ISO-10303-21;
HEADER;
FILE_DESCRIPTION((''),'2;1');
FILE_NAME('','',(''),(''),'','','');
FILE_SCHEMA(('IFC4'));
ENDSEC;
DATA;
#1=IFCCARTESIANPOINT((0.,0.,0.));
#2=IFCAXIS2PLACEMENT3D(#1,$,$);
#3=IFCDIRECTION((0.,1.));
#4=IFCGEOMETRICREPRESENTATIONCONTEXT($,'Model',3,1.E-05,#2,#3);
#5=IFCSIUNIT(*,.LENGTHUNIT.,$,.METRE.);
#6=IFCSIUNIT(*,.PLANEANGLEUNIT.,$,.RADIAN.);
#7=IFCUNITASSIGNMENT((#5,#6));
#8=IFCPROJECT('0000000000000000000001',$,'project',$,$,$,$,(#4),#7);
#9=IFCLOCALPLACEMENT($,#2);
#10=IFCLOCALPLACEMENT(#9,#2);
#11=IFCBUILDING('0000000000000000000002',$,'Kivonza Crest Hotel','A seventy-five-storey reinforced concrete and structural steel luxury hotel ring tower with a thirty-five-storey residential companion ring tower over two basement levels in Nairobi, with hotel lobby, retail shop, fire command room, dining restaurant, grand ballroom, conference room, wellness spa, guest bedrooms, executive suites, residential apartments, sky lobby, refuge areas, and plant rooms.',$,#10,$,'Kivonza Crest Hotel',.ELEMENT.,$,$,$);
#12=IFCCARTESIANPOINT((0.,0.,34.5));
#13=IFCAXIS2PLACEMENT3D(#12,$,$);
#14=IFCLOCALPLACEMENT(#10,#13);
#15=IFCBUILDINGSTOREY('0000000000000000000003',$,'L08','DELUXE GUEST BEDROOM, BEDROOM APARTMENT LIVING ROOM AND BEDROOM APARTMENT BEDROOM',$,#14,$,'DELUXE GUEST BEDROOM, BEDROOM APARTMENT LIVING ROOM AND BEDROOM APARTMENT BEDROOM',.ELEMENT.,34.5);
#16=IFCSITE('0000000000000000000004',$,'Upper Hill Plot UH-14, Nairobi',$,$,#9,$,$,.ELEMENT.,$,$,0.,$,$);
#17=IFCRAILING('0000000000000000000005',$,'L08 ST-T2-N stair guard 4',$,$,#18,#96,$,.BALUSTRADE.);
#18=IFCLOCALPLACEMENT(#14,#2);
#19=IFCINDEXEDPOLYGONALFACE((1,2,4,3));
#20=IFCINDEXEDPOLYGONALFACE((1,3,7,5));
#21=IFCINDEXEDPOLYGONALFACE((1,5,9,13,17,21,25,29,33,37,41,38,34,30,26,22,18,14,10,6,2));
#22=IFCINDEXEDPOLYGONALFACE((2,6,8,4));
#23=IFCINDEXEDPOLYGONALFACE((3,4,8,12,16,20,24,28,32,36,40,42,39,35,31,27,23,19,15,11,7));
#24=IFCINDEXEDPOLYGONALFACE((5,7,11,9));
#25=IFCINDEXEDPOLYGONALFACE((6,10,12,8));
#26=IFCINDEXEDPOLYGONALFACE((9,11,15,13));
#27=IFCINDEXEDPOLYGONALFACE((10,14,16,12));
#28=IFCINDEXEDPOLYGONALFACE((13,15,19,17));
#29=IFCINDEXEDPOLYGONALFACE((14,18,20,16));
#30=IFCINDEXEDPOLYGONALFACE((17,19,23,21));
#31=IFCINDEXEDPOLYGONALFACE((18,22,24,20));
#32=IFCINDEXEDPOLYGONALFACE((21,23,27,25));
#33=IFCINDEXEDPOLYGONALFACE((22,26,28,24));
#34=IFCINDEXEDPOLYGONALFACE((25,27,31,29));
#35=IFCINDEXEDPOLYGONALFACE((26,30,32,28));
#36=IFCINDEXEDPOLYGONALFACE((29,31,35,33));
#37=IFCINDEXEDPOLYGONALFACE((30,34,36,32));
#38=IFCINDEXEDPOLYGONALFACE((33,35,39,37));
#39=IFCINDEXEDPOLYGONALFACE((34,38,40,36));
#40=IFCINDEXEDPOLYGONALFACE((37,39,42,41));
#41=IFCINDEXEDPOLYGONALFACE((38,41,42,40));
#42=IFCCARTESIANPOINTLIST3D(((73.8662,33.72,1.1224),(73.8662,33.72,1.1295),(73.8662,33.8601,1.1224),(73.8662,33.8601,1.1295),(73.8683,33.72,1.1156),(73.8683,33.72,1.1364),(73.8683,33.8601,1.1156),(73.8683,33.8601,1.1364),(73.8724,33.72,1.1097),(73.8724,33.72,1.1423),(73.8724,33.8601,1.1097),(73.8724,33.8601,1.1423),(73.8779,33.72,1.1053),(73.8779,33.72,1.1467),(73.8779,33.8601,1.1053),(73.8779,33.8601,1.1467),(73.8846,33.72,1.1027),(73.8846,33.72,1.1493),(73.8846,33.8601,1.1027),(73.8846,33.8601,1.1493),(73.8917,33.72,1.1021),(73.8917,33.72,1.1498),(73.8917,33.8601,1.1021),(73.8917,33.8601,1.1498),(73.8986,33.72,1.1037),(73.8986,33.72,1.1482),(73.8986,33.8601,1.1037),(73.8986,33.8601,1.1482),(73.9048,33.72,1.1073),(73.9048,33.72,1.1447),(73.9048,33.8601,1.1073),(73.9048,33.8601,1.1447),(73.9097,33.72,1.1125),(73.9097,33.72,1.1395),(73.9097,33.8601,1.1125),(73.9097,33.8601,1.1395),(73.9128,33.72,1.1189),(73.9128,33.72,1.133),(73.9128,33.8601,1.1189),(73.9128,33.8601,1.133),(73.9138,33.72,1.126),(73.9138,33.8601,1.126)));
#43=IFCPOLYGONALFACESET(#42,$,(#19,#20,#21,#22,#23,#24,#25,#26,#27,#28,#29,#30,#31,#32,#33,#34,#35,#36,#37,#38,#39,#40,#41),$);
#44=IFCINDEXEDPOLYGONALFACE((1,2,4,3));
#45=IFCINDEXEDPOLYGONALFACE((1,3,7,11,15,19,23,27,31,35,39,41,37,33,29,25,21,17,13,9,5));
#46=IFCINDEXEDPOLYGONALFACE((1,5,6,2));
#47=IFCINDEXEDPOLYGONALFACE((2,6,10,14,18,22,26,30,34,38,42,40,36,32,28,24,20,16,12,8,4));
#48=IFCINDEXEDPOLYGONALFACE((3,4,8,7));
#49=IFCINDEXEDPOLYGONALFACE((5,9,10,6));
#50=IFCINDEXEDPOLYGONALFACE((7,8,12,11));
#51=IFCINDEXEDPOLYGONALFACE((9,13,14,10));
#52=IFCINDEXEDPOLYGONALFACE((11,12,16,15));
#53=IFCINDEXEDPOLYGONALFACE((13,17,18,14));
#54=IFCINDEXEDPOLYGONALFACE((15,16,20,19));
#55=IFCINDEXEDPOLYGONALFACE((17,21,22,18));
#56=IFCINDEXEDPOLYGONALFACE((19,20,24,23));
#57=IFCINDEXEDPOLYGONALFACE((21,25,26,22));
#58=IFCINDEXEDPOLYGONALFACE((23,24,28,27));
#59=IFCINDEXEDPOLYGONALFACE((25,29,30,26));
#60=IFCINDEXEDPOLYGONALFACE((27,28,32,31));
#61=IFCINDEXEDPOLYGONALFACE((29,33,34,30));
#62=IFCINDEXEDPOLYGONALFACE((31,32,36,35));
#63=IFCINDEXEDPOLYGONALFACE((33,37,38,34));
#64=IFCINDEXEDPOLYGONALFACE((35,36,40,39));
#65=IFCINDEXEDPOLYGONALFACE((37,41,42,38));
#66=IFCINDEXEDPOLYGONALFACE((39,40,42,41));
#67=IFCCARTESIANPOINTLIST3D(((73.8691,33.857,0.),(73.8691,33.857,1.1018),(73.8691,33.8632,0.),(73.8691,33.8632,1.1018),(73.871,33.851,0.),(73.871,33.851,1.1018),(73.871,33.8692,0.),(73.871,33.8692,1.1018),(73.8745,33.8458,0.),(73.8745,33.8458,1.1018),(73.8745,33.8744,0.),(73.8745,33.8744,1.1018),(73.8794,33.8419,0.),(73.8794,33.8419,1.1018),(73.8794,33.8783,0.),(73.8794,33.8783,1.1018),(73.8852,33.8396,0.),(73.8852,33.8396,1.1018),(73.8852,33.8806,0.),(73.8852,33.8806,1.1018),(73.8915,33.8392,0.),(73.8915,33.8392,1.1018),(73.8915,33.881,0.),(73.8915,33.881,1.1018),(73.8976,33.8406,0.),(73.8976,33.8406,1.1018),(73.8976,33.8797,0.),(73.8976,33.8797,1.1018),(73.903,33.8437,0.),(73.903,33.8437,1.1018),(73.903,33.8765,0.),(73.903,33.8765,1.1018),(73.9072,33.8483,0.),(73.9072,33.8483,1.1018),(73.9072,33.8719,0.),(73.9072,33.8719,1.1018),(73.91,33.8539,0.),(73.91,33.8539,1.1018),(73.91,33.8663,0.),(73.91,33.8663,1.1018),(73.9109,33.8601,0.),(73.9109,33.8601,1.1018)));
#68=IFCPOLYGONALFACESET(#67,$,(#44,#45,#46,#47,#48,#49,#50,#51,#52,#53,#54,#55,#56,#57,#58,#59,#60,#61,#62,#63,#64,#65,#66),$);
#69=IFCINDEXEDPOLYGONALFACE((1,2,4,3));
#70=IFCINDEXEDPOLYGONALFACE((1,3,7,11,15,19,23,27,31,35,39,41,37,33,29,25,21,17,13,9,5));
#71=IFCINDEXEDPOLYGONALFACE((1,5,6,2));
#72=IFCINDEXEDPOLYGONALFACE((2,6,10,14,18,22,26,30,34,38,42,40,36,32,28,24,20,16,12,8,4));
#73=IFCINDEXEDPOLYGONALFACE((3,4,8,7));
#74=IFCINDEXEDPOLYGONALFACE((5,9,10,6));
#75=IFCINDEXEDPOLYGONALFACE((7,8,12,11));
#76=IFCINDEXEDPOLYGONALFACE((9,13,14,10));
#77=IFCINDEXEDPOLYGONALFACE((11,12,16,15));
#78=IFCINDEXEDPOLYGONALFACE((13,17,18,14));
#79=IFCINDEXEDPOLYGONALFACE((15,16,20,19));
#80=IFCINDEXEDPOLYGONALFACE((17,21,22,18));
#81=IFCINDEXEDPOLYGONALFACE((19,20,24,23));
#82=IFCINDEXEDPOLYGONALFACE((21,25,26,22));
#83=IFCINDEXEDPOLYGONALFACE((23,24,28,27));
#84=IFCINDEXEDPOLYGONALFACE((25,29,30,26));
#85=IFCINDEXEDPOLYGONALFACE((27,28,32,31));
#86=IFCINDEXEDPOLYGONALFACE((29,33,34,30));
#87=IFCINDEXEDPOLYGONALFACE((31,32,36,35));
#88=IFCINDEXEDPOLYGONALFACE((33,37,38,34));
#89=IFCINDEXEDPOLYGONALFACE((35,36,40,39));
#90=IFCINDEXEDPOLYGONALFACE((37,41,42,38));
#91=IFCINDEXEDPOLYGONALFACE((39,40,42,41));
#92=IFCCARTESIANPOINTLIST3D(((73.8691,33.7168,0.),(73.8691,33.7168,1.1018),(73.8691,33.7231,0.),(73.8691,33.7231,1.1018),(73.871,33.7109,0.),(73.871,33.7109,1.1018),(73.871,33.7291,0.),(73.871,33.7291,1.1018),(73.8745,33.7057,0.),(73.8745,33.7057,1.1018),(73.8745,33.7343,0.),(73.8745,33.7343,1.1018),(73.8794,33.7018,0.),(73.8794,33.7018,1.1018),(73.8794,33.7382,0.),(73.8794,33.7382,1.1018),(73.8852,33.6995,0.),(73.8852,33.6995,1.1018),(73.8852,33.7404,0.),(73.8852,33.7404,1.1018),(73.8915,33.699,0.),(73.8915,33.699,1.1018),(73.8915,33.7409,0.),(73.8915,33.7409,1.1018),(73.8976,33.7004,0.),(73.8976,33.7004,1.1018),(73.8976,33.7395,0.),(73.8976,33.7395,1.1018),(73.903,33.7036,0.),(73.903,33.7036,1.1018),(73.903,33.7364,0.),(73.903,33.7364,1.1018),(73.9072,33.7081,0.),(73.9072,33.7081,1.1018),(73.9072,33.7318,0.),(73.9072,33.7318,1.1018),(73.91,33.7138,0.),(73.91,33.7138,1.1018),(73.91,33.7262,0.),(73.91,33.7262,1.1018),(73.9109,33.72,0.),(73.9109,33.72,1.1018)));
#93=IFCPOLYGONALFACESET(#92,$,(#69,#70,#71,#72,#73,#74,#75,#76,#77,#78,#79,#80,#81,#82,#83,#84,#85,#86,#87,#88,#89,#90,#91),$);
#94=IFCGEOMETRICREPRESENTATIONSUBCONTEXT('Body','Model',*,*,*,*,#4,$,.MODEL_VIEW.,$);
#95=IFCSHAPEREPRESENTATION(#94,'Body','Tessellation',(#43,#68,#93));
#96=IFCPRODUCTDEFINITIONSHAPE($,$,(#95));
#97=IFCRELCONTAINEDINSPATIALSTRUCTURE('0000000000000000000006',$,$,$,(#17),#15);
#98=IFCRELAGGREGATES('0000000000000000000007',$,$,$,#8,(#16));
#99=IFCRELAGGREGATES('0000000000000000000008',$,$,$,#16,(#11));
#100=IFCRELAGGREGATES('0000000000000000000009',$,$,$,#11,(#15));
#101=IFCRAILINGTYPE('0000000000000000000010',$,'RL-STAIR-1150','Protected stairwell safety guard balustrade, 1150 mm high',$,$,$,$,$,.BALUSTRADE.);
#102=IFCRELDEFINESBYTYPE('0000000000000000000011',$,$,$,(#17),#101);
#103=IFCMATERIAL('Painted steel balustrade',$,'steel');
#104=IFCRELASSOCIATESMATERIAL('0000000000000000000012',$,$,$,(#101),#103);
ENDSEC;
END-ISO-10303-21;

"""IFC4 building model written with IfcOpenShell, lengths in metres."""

from ifc_helpers import new_model, si_unit, direction, frame, origin, origin_2d, place, context, subcontext, project, spatial, circle, extrude, material, type_object, element, save


model = new_model("IFC4")

# Units and contexts
model_context = context("Model", 3, precision=1e-05, world=origin(), true_north=direction((0.0, 1.0)))
body_context = subcontext(model_context, "Body", "Model", "MODEL_VIEW")
ifc_project = project(units=[si_unit("LENGTHUNIT", "METRE"), si_unit("PLANEANGLEUNIT", "RADIAN")], contexts=[model_context])

# Site, building, storey
site_placement = place(None, origin())
site = spatial("IfcSite", under=ifc_project, at=site_placement, Name="Upper Hill Plot UH-14, Nairobi", CompositionType="ELEMENT", RefElevation=0.0)
building_placement = place(site_placement, origin())
building = spatial("IfcBuilding", under=site, at=building_placement, Name="Kivonza Crest Hotel", Description="A seventy-five-storey reinforced concrete and structural steel luxury hotel ring tower with a thirty-five-storey residential companion ring tower over two basement levels in Nairobi, with hotel lobby, retail shop, fire command room, dining restaurant, grand ballroom, conference room, wellness spa, guest bedrooms, executive suites, residential apartments, sky lobby, refuge areas, and plant rooms.", LongName="Kivonza Crest Hotel", CompositionType="ELEMENT")
storey_placement = place(building_placement, frame((0.0, 0.0, 34.5)))
storey = spatial("IfcBuildingStorey", under=building, at=storey_placement, Name="L08", Description="DELUXE GUEST BEDROOM, BEDROOM APARTMENT LIVING ROOM AND BEDROOM APARTMENT BEDROOM", LongName="DELUXE GUEST BEDROOM, BEDROOM APARTMENT LIVING ROOM AND BEDROOM APARTMENT BEDROOM", CompositionType="ELEMENT", Elevation=34.5)

# Railing
ifc_material_1 = material(Name="Painted steel balustrade", Category="steel")
railing_type_1 = type_object("IfcRailingType", Name="RL-STAIR-1150", Description="Protected stairwell safety guard balustrade, 1150 mm high", PredefinedType="BALUSTRADE", material=ifc_material_1)
railing_1_placement = place(storey_placement, frame((73.8899, 33.8601, 0.0)))
element("IfcRailing", 1, at=railing_1_placement, inside=storey, type_object=railing_type_1, Name="L08 ST-T2-N stair guard 4", PredefinedType="BALUSTRADE", context=body_context, shape_type="SweptSolid", body=[
    extrude(circle(Radius=0.0239, at=origin_2d()), frame((0.0, 0.0, 1.126), z_axis=(0.0, -1.0, 0.0), x_axis=(1.0, 0.0, 0.0)), (0.0, 0.0, 1.0), 0.1401),
    extrude(circle(Radius=0.021, at=origin_2d()), origin(), (0.0, 0.0, 1.0), 1.1018),
    extrude(circle(Radius=0.021, at=origin_2d()), frame((0.0, -0.1401, 0.0)), (0.0, 0.0, 1.0), 1.1018),
])

save(model, "model.ifc")
